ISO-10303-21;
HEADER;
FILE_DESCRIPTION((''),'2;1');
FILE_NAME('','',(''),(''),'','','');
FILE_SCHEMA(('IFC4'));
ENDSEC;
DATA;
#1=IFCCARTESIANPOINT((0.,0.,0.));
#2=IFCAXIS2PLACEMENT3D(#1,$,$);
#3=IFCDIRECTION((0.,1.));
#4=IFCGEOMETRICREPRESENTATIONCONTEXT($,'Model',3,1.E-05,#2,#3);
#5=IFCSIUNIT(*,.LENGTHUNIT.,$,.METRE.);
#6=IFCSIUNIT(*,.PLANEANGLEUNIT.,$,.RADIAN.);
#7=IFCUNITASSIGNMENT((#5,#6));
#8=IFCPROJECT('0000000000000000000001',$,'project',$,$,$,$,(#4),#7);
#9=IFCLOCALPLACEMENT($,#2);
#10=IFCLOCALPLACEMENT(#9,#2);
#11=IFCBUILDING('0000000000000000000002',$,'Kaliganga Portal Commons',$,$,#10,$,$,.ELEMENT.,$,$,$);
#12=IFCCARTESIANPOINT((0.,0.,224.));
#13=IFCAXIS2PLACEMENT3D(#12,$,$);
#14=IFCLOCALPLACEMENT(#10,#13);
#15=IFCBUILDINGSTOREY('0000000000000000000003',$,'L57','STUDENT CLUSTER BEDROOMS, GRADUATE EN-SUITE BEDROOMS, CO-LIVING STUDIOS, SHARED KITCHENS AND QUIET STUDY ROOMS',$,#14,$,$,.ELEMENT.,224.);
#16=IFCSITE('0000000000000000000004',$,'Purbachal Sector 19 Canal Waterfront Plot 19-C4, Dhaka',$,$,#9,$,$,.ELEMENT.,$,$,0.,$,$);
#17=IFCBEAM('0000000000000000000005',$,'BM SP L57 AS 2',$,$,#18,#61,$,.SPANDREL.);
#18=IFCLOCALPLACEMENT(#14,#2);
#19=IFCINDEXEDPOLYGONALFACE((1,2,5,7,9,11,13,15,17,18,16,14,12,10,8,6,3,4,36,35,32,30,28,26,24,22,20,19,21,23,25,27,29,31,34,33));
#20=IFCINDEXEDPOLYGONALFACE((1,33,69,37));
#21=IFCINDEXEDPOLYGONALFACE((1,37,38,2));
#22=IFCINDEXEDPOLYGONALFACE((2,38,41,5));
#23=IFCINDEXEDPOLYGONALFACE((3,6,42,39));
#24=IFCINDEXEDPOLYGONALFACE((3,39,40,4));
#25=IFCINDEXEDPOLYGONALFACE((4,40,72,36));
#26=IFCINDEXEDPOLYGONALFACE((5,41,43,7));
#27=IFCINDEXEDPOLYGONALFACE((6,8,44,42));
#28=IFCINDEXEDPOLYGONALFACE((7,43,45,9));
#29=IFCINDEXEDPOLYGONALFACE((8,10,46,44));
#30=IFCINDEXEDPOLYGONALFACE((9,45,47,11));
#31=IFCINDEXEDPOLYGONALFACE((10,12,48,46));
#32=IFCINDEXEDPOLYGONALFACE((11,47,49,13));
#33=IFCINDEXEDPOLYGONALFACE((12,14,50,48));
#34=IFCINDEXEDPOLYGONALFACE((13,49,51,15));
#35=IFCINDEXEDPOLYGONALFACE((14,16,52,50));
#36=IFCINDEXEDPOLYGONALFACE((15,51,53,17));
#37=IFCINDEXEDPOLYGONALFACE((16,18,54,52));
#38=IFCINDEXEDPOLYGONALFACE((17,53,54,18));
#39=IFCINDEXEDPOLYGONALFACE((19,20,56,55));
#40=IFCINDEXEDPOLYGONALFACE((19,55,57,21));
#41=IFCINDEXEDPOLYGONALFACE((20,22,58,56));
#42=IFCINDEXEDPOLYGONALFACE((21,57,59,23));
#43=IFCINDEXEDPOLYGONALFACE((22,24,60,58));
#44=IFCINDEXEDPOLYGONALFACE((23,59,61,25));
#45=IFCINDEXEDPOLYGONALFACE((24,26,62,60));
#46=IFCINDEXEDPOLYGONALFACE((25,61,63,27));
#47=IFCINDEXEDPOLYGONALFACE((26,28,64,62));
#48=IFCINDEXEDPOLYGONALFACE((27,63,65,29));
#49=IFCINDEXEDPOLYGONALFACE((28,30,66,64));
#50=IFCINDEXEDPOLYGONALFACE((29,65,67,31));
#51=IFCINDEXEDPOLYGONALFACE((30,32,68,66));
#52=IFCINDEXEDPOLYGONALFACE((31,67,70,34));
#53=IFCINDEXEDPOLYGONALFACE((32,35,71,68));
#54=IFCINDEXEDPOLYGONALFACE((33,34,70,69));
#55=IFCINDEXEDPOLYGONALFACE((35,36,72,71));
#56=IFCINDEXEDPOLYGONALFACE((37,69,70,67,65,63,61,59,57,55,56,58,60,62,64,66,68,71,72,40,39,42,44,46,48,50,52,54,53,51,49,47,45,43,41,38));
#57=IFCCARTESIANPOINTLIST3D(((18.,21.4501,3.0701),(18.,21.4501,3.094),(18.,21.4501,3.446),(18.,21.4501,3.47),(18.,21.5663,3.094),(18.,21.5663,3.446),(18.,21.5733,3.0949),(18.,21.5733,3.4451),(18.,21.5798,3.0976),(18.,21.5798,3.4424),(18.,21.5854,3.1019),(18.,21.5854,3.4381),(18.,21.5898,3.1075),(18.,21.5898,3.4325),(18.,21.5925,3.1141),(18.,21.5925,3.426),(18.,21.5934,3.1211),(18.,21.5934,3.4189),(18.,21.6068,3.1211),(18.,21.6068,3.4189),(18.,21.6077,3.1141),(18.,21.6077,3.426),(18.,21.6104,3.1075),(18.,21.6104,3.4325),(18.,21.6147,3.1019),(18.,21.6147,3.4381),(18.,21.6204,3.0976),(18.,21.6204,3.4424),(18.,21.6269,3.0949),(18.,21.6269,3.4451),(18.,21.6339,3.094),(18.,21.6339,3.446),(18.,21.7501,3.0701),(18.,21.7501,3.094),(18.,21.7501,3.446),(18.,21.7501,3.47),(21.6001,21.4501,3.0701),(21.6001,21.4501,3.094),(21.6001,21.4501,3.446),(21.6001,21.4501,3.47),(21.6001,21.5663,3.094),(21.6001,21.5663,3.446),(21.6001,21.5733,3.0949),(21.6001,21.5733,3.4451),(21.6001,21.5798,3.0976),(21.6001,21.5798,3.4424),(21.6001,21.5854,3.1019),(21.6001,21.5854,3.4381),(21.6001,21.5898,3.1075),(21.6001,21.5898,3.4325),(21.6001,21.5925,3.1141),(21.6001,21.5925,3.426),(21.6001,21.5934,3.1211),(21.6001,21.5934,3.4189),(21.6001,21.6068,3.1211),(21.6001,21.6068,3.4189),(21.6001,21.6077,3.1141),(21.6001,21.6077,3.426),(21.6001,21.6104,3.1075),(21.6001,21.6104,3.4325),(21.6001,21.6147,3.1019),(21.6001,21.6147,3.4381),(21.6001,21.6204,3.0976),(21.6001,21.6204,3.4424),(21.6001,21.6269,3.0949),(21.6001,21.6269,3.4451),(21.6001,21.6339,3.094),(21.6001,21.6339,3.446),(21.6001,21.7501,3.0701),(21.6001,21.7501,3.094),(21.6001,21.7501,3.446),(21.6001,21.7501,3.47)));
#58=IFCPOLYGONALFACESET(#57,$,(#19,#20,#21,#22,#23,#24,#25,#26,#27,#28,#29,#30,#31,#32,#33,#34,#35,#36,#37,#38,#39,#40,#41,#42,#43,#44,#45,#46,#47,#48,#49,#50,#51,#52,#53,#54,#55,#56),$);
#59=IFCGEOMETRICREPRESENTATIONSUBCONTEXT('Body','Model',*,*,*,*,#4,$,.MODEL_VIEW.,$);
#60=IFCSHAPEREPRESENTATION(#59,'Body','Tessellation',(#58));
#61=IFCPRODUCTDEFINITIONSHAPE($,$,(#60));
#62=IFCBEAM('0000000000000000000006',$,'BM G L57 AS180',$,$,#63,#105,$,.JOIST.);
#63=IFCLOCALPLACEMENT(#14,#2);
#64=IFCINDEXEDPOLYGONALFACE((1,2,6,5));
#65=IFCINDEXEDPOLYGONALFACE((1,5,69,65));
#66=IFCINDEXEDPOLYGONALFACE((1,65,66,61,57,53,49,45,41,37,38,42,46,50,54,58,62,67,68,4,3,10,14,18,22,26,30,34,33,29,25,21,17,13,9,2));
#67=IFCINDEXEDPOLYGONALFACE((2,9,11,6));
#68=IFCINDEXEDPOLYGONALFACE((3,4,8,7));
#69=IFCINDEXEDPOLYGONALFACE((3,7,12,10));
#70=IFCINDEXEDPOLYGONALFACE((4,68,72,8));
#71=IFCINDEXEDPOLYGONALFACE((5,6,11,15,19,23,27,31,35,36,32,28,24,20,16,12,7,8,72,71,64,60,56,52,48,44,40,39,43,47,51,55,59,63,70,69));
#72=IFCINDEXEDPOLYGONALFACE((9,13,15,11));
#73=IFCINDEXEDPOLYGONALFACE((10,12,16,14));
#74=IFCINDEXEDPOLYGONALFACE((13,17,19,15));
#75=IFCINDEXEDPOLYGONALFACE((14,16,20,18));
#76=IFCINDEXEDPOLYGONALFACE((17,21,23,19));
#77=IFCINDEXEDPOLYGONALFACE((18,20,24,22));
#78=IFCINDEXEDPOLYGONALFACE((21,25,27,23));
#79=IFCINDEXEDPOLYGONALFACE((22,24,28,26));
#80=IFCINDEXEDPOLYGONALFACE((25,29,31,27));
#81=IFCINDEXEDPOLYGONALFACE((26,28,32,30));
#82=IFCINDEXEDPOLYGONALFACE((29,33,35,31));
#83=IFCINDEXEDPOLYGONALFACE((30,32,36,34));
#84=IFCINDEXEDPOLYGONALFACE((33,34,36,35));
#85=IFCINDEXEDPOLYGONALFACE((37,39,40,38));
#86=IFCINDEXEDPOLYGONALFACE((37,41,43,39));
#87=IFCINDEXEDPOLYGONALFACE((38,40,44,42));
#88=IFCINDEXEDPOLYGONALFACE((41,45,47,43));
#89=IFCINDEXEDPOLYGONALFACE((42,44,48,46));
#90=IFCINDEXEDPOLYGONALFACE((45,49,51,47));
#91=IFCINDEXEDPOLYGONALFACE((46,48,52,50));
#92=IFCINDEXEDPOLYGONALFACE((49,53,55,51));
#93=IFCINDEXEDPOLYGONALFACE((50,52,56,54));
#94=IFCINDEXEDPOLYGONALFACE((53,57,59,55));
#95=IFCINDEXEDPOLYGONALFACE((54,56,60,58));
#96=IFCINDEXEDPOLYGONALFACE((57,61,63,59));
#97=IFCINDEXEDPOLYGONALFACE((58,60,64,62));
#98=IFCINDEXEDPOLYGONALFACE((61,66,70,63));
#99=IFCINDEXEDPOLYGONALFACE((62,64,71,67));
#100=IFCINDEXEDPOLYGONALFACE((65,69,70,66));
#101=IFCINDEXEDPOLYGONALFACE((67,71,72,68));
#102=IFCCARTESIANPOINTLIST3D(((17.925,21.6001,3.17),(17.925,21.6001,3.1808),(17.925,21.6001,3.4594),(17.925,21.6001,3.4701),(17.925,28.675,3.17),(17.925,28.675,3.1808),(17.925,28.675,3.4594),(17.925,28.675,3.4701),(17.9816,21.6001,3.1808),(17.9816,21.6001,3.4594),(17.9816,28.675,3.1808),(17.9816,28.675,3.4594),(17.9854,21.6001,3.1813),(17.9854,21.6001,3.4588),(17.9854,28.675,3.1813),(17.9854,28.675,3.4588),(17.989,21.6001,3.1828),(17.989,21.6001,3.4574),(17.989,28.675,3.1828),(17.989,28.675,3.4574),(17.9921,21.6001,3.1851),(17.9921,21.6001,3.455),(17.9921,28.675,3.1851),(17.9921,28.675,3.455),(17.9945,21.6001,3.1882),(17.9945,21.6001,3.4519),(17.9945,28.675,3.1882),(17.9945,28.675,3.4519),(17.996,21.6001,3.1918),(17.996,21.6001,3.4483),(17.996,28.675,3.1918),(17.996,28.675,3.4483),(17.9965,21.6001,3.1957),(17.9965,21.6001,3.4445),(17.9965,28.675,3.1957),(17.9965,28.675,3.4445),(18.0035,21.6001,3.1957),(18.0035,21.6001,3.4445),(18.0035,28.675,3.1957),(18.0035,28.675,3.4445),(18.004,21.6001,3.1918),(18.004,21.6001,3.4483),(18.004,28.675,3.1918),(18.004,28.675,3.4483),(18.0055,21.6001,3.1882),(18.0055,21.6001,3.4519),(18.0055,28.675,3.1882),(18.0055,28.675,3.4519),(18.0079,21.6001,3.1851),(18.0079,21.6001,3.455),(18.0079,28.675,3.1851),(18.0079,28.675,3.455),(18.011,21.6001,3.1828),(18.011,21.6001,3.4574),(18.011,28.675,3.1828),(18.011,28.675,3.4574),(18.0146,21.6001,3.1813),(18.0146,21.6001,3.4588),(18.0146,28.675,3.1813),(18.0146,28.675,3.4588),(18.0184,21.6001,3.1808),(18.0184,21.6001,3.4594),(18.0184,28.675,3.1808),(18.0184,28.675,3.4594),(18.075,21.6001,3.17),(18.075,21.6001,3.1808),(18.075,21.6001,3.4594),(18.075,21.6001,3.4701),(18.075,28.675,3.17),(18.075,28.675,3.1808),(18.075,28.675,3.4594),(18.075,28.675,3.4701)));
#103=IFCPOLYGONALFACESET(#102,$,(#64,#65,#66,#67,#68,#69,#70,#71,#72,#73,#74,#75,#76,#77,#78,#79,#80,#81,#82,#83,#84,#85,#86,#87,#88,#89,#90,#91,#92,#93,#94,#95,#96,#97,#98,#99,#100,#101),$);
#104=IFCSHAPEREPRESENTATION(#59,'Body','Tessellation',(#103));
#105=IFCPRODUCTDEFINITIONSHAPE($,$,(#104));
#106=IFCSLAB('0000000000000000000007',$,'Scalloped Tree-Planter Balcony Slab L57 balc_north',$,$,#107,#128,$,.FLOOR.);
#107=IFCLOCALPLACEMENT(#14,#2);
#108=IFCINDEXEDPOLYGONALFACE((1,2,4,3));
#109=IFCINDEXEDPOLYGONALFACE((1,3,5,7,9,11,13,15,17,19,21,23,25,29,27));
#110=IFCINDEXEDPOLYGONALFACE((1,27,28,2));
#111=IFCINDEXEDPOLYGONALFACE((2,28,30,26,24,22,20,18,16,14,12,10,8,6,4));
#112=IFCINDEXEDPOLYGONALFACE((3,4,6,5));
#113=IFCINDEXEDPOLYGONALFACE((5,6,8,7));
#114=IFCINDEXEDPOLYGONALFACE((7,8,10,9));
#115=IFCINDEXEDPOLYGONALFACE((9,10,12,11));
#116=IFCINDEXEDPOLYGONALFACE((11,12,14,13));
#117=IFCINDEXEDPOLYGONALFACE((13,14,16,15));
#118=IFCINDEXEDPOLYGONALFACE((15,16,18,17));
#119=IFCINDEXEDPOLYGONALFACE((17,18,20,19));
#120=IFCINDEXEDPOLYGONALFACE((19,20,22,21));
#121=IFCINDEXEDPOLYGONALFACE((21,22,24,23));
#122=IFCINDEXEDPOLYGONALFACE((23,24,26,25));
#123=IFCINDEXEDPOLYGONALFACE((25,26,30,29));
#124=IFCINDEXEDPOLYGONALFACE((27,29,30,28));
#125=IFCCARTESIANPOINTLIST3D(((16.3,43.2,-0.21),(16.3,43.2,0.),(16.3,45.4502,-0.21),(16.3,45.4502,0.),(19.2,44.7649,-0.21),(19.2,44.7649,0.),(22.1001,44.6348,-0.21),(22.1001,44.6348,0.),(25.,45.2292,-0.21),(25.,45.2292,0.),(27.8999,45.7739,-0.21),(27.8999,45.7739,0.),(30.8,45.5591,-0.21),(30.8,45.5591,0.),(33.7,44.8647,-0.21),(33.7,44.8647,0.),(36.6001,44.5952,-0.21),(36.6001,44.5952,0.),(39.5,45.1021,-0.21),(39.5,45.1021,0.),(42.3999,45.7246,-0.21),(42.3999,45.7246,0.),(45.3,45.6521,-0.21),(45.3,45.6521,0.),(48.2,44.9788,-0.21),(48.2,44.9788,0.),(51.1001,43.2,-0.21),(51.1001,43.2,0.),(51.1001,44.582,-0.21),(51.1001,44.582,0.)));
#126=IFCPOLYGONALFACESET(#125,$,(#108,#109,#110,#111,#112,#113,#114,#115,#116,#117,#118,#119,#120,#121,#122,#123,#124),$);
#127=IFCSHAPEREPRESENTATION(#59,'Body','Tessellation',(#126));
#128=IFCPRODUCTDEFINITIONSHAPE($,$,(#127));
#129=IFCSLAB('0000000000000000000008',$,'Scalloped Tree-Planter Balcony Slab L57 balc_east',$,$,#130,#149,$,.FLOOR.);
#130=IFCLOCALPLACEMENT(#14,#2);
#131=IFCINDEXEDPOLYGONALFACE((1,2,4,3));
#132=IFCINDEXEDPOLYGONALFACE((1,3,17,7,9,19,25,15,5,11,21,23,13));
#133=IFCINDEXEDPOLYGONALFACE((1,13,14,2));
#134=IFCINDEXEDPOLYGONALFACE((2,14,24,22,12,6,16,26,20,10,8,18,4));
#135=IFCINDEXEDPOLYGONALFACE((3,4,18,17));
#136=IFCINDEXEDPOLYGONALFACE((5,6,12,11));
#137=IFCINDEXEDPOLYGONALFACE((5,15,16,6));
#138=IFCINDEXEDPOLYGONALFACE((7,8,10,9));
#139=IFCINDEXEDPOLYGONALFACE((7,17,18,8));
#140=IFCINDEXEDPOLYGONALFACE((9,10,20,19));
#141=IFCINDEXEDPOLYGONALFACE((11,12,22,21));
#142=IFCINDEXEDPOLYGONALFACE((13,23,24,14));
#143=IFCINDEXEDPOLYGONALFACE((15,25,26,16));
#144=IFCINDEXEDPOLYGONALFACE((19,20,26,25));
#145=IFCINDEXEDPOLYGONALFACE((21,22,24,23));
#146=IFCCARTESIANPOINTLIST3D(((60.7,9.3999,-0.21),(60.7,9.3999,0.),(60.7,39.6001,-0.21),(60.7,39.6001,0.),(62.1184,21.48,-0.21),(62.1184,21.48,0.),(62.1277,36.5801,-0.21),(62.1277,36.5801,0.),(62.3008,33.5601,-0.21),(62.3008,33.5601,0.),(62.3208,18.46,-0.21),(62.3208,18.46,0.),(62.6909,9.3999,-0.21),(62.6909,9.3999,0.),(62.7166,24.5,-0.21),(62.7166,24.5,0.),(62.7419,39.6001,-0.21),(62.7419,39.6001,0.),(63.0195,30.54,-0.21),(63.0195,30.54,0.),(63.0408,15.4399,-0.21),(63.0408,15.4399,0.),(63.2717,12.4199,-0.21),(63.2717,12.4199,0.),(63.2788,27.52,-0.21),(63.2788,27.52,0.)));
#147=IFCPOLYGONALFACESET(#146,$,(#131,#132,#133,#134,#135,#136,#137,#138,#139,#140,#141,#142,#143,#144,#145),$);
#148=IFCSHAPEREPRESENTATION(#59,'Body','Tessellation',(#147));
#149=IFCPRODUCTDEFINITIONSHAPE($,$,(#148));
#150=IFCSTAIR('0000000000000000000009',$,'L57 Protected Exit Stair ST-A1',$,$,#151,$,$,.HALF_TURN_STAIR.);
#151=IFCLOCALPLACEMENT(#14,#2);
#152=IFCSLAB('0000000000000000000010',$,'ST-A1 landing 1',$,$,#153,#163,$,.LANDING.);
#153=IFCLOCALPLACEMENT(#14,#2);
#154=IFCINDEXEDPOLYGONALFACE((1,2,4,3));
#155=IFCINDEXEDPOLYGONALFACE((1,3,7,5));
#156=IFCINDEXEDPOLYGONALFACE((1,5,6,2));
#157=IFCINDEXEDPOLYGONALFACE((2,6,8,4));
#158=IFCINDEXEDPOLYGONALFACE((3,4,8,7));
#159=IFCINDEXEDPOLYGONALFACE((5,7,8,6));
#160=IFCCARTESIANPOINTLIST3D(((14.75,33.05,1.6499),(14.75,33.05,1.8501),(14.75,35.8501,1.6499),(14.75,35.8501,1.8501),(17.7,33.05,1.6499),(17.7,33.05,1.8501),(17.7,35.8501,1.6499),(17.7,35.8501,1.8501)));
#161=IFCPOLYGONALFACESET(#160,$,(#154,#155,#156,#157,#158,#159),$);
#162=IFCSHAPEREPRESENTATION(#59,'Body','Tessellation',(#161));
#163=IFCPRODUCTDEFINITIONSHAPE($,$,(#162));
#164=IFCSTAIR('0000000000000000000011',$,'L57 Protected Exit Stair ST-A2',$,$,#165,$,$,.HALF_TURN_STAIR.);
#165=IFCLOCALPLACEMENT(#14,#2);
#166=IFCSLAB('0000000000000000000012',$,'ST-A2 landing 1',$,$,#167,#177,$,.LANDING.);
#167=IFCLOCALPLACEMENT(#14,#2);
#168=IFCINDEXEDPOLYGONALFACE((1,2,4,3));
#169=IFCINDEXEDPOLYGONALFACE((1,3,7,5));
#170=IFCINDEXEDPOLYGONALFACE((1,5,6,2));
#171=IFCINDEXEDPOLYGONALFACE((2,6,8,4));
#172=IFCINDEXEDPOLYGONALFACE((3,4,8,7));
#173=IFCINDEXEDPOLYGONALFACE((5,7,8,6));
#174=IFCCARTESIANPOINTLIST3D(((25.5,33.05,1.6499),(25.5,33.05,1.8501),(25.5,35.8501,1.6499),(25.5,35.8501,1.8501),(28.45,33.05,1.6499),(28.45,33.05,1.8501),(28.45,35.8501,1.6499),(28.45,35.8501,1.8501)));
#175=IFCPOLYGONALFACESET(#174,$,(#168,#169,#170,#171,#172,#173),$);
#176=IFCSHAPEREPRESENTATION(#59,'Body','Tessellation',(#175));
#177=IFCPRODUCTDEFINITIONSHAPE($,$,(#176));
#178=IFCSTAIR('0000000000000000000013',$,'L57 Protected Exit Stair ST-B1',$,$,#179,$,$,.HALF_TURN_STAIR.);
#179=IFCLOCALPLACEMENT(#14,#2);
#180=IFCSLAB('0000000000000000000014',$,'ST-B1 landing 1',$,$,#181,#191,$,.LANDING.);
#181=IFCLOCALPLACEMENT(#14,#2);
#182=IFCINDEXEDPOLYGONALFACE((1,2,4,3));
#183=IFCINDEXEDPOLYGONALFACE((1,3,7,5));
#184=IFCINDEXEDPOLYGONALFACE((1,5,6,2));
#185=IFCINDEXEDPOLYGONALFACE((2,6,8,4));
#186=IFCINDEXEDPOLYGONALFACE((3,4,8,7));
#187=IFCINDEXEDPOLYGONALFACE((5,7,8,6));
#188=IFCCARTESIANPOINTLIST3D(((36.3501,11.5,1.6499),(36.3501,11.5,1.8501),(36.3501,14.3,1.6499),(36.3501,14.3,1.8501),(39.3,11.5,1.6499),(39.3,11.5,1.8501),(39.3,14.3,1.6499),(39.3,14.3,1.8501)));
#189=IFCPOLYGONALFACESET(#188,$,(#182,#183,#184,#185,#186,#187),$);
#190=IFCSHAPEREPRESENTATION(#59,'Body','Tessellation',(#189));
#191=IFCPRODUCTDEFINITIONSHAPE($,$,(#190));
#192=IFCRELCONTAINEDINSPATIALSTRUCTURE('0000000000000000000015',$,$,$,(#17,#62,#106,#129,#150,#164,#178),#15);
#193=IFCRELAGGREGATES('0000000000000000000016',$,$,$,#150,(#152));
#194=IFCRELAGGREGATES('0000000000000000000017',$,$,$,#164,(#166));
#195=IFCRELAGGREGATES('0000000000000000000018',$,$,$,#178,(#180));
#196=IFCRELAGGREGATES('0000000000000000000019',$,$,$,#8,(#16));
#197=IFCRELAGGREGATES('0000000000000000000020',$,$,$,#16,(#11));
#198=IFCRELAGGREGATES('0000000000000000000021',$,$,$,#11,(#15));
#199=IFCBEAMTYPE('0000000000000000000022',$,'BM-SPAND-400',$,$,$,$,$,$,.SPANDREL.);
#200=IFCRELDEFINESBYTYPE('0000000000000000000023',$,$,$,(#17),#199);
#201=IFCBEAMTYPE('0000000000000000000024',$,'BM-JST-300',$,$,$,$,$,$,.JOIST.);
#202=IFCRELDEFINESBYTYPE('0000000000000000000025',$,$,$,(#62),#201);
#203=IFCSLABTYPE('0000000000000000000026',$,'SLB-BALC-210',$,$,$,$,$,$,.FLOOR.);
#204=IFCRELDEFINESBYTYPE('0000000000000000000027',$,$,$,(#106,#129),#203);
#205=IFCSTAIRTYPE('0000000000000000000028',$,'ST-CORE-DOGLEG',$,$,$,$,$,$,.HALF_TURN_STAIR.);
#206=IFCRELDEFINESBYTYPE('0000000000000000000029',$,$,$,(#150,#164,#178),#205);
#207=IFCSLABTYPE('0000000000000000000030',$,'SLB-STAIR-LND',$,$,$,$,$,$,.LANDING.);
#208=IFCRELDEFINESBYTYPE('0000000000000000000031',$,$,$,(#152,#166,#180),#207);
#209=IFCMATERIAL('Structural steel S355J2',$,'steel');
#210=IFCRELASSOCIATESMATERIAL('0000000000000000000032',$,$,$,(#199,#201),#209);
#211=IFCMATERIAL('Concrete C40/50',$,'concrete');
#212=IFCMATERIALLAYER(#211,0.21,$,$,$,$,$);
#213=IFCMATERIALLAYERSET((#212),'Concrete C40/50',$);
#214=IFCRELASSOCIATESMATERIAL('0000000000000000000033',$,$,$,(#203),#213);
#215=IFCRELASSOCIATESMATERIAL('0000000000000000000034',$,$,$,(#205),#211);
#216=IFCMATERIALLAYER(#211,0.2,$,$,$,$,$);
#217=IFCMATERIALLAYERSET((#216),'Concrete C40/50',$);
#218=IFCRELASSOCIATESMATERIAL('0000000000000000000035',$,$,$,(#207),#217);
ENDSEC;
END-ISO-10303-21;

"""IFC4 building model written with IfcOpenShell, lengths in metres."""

from ifc_helpers import new_model, si_unit, direction, frame, origin, origin_2d, place, context, subcontext, project, spatial, polyline, i_section, outline, extrude, source, transform, mapped, material, layer, layer_set, material_profile, profile_set, type_object, element, aggregate, save


model = new_model("IFC4")

# Units and contexts
model_context = context("Model", 3, precision=1e-05, world=origin(), true_north=direction((0.0, 1.0)))
body_context = subcontext(model_context, "Body", "Model", "MODEL_VIEW")
ifc_project = project(units=[si_unit("LENGTHUNIT", "METRE"), si_unit("PLANEANGLEUNIT", "RADIAN")], contexts=[model_context])

# Site, building, storey
site_placement = place(None, origin())
site = spatial("IfcSite", under=ifc_project, at=site_placement, Name="Purbachal Sector 19 Canal Waterfront Plot 19-C4, Dhaka", CompositionType="ELEMENT", RefElevation=0.0)
building_placement = place(site_placement, origin())
building = spatial("IfcBuilding", under=site, at=building_placement, Name="Kaliganga Portal Commons", CompositionType="ELEMENT")
storey_placement = place(building_placement, frame((0.0, 0.0, 224.0)))
storey = spatial("IfcBuildingStorey", under=building, at=storey_placement, Name="L57", Description="STUDENT CLUSTER BEDROOMS, GRADUATE EN-SUITE BEDROOMS, CO-LIVING STUDIOS, SHARED KITCHENS AND QUIET STUDY ROOMS", CompositionType="ELEMENT", Elevation=224.0)

# Shared definitions
ifc_material_1 = material(Name="Structural steel S355J2", Category="steel")

# Beams
ifc_material_profile_1 = material_profile(ifc_material_1, i_section(OverallWidth=0.3, OverallDepth=0.3999, WebThickness=0.0134, FlangeThickness=0.0239, FilletRadius=0.0271, at=origin_2d()), Name="HE 400 B")
ifc_profile_set_1 = profile_set([ifc_material_profile_1], Name="Structural steel S355J2 wide-flange")
beam_type_1 = type_object("IfcBeamType", Name="BM-SPAND-400", PredefinedType="SPANDREL", material=ifc_profile_set_1)
shared_shape_1 = source(origin(), body_context, "Body", "SweptSolid", [
    extrude(i_section(OverallWidth=0.3, OverallDepth=0.3999, WebThickness=0.0134, FlangeThickness=0.0239, FilletRadius=0.0271, at=origin_2d()), origin(), (0.0, 0.0, 1.0), 3.6001),
])
for number, where, z_axis, x_axis, name in (
    (1, (18.0, 21.6001, 3.27), (1.0, 0.0, 0.0), (0.0, 1.0, 0.0), "BM SP L57 AS 2"),
):
    element("IfcBeam", number, at=place(storey_placement, frame(where, z_axis=z_axis, x_axis=x_axis)), inside=storey, type_object=beam_type_1, Name=name, PredefinedType="SPANDREL", context=body_context, shape_type="MappedRepresentation", body=[
        mapped(shared_shape_1, transform((0.0, 0.0, 0.0), x_axis=(1.0, 0.0, 0.0), y_axis=(0.0, 1.0, 0.0), z_axis=(0.0, 0.0, 1.0), scale=1.0)),
    ])
ifc_material_profile_2 = material_profile(ifc_material_1, i_section(OverallWidth=0.1499, OverallDepth=0.3, WebThickness=0.0071, FlangeThickness=0.0107, FilletRadius=0.0149, at=origin_2d()), Name="IPE 300")
ifc_profile_set_2 = profile_set([ifc_material_profile_2], Name="Structural steel S355J2 wide-flange")
beam_type_2 = type_object("IfcBeamType", Name="BM-JST-300", PredefinedType="JOIST", material=ifc_profile_set_2)
shared_shape_2 = source(origin(), body_context, "Body", "SweptSolid", [
    extrude(i_section(OverallWidth=0.1499, OverallDepth=0.3, WebThickness=0.0071, FlangeThickness=0.0107, FilletRadius=0.0149, at=origin_2d()), origin(), (0.0, 0.0, 1.0), 7.075),
])
beam_1_placement = place(storey_placement, frame((18.0, 21.6001, 3.3201), z_axis=(0.0, 1.0, 0.0), x_axis=(-1.0, 0.0, 0.0)))
element("IfcBeam", 2, at=beam_1_placement, inside=storey, type_object=beam_type_2, Name="BM G L57 AS180", PredefinedType="JOIST", context=body_context, shape_type="MappedRepresentation", body=[
    mapped(shared_shape_2, transform((0.0, 0.0, 0.0), x_axis=(1.0, 0.0, 0.0), y_axis=(0.0, 1.0, 0.0), z_axis=(0.0, 0.0, 1.0), scale=1.0)),
])

# Slabs
ifc_material_2 = material(Name="Concrete C40/50", Category="concrete")
ifc_layer_1 = layer(ifc_material_2, 0.21)
ifc_layer_set_1 = layer_set([ifc_layer_1], Name="Concrete C40/50")
slab_type_1 = type_object("IfcSlabType", Name="SLB-BALC-210", PredefinedType="FLOOR", material=ifc_layer_set_1)
slab_1_placement = place(storey_placement, frame((0.0, 0.0, -0.21)))
element("IfcSlab", 3, at=slab_1_placement, inside=storey, type_object=slab_type_1, Name="Scalloped Tree-Planter Balcony Slab L57 balc_north", PredefinedType="FLOOR", context=body_context, shape_type="SweptSolid", body=[
    extrude(outline(polyline([(51.1001, 43.2), (51.1001, 44.582), (48.2, 44.9788), (45.3, 45.6521), (42.3999, 45.7246), (39.5, 45.1021), (36.6001, 44.5952), (33.7, 44.8647), (30.8, 45.5591), (27.8999, 45.7739), (25.0, 45.2292), (22.1001, 44.6348), (19.2, 44.7649), (16.3, 45.4502), (16.3, 43.2), (51.1001, 43.2)])), origin(), (0.0, 0.0, 1.0), 0.21),
])
slab_2_placement = place(storey_placement, frame((0.0, 0.0, -0.21)))
element("IfcSlab", 4, at=slab_2_placement, inside=storey, type_object=slab_type_1, Name="Scalloped Tree-Planter Balcony Slab L57 balc_east", PredefinedType="FLOOR", context=body_context, shape_type="SweptSolid", body=[
    extrude(outline(polyline([(60.7, 9.3999), (62.6909, 9.3999), (63.2717, 12.4199), (63.0408, 15.4399), (62.3208, 18.46), (62.1184, 21.48), (62.7166, 24.5), (63.2788, 27.52), (63.0195, 30.54), (62.3008, 33.5601), (62.1277, 36.5801), (62.7419, 39.6001), (60.7, 39.6001), (60.7, 9.3999)])), origin(), (0.0, 0.0, 1.0), 0.21),
])

# Stairs, slabs
stair_type = type_object("IfcStairType", Name="ST-CORE-DOGLEG", PredefinedType="HALF_TURN_STAIR", material=ifc_material_2)
stair_1_placement = place(storey_placement, origin())
stair_1 = element("IfcStair", 5, at=stair_1_placement, inside=storey, type_object=stair_type, Name="L57 Protected Exit Stair ST-A1", PredefinedType="HALF_TURN_STAIR")
ifc_layer_2 = layer(ifc_material_2, 0.2)
ifc_layer_set_2 = layer_set([ifc_layer_2], Name="Concrete C40/50")
slab_type_2 = type_object("IfcSlabType", Name="SLB-STAIR-LND", PredefinedType="LANDING", material=ifc_layer_set_2)
slab_3_placement = place(storey_placement, frame((0.0, 0.0, 1.6499)))
slab_3 = element("IfcSlab", 6, at=slab_3_placement, type_object=slab_type_2, Name="ST-A1 landing 1", PredefinedType="LANDING", context=body_context, shape_type="SweptSolid", body=[
    extrude(outline(polyline([(17.7, 33.05), (17.7, 35.8501), (14.75, 35.8501), (14.75, 33.05), (17.7, 33.05)])), origin(), (0.0, 0.0, 1.0), 0.2002),
])
aggregate(stair_1, [slab_3])
stair_2_placement = place(storey_placement, origin())
stair_2 = element("IfcStair", 7, at=stair_2_placement, inside=storey, type_object=stair_type, Name="L57 Protected Exit Stair ST-A2", PredefinedType="HALF_TURN_STAIR")
slab_4_placement = place(storey_placement, frame((0.0, 0.0, 1.6499)))
slab_4 = element("IfcSlab", 8, at=slab_4_placement, type_object=slab_type_2, Name="ST-A2 landing 1", PredefinedType="LANDING", context=body_context, shape_type="SweptSolid", body=[
    extrude(outline(polyline([(28.45, 33.05), (28.45, 35.8501), (25.5, 35.8501), (25.5, 33.05), (28.45, 33.05)])), origin(), (0.0, 0.0, 1.0), 0.2002),
])
aggregate(stair_2, [slab_4])
stair_3_placement = place(storey_placement, origin())
stair_3 = element("IfcStair", 9, at=stair_3_placement, inside=storey, type_object=stair_type, Name="L57 Protected Exit Stair ST-B1", PredefinedType="HALF_TURN_STAIR")
slab_5_placement = place(storey_placement, frame((0.0, 0.0, 1.6499)))
slab_5 = element("IfcSlab", 10, at=slab_5_placement, type_object=slab_type_2, Name="ST-B1 landing 1", PredefinedType="LANDING", context=body_context, shape_type="SweptSolid", body=[
    extrude(outline(polyline([(39.3, 11.5), (39.3, 14.3), (36.3501, 14.3), (36.3501, 11.5), (39.3, 11.5)])), origin(), (0.0, 0.0, 1.0), 0.2002),
])
aggregate(stair_3, [slab_5])

save(model, "model.ifc")
